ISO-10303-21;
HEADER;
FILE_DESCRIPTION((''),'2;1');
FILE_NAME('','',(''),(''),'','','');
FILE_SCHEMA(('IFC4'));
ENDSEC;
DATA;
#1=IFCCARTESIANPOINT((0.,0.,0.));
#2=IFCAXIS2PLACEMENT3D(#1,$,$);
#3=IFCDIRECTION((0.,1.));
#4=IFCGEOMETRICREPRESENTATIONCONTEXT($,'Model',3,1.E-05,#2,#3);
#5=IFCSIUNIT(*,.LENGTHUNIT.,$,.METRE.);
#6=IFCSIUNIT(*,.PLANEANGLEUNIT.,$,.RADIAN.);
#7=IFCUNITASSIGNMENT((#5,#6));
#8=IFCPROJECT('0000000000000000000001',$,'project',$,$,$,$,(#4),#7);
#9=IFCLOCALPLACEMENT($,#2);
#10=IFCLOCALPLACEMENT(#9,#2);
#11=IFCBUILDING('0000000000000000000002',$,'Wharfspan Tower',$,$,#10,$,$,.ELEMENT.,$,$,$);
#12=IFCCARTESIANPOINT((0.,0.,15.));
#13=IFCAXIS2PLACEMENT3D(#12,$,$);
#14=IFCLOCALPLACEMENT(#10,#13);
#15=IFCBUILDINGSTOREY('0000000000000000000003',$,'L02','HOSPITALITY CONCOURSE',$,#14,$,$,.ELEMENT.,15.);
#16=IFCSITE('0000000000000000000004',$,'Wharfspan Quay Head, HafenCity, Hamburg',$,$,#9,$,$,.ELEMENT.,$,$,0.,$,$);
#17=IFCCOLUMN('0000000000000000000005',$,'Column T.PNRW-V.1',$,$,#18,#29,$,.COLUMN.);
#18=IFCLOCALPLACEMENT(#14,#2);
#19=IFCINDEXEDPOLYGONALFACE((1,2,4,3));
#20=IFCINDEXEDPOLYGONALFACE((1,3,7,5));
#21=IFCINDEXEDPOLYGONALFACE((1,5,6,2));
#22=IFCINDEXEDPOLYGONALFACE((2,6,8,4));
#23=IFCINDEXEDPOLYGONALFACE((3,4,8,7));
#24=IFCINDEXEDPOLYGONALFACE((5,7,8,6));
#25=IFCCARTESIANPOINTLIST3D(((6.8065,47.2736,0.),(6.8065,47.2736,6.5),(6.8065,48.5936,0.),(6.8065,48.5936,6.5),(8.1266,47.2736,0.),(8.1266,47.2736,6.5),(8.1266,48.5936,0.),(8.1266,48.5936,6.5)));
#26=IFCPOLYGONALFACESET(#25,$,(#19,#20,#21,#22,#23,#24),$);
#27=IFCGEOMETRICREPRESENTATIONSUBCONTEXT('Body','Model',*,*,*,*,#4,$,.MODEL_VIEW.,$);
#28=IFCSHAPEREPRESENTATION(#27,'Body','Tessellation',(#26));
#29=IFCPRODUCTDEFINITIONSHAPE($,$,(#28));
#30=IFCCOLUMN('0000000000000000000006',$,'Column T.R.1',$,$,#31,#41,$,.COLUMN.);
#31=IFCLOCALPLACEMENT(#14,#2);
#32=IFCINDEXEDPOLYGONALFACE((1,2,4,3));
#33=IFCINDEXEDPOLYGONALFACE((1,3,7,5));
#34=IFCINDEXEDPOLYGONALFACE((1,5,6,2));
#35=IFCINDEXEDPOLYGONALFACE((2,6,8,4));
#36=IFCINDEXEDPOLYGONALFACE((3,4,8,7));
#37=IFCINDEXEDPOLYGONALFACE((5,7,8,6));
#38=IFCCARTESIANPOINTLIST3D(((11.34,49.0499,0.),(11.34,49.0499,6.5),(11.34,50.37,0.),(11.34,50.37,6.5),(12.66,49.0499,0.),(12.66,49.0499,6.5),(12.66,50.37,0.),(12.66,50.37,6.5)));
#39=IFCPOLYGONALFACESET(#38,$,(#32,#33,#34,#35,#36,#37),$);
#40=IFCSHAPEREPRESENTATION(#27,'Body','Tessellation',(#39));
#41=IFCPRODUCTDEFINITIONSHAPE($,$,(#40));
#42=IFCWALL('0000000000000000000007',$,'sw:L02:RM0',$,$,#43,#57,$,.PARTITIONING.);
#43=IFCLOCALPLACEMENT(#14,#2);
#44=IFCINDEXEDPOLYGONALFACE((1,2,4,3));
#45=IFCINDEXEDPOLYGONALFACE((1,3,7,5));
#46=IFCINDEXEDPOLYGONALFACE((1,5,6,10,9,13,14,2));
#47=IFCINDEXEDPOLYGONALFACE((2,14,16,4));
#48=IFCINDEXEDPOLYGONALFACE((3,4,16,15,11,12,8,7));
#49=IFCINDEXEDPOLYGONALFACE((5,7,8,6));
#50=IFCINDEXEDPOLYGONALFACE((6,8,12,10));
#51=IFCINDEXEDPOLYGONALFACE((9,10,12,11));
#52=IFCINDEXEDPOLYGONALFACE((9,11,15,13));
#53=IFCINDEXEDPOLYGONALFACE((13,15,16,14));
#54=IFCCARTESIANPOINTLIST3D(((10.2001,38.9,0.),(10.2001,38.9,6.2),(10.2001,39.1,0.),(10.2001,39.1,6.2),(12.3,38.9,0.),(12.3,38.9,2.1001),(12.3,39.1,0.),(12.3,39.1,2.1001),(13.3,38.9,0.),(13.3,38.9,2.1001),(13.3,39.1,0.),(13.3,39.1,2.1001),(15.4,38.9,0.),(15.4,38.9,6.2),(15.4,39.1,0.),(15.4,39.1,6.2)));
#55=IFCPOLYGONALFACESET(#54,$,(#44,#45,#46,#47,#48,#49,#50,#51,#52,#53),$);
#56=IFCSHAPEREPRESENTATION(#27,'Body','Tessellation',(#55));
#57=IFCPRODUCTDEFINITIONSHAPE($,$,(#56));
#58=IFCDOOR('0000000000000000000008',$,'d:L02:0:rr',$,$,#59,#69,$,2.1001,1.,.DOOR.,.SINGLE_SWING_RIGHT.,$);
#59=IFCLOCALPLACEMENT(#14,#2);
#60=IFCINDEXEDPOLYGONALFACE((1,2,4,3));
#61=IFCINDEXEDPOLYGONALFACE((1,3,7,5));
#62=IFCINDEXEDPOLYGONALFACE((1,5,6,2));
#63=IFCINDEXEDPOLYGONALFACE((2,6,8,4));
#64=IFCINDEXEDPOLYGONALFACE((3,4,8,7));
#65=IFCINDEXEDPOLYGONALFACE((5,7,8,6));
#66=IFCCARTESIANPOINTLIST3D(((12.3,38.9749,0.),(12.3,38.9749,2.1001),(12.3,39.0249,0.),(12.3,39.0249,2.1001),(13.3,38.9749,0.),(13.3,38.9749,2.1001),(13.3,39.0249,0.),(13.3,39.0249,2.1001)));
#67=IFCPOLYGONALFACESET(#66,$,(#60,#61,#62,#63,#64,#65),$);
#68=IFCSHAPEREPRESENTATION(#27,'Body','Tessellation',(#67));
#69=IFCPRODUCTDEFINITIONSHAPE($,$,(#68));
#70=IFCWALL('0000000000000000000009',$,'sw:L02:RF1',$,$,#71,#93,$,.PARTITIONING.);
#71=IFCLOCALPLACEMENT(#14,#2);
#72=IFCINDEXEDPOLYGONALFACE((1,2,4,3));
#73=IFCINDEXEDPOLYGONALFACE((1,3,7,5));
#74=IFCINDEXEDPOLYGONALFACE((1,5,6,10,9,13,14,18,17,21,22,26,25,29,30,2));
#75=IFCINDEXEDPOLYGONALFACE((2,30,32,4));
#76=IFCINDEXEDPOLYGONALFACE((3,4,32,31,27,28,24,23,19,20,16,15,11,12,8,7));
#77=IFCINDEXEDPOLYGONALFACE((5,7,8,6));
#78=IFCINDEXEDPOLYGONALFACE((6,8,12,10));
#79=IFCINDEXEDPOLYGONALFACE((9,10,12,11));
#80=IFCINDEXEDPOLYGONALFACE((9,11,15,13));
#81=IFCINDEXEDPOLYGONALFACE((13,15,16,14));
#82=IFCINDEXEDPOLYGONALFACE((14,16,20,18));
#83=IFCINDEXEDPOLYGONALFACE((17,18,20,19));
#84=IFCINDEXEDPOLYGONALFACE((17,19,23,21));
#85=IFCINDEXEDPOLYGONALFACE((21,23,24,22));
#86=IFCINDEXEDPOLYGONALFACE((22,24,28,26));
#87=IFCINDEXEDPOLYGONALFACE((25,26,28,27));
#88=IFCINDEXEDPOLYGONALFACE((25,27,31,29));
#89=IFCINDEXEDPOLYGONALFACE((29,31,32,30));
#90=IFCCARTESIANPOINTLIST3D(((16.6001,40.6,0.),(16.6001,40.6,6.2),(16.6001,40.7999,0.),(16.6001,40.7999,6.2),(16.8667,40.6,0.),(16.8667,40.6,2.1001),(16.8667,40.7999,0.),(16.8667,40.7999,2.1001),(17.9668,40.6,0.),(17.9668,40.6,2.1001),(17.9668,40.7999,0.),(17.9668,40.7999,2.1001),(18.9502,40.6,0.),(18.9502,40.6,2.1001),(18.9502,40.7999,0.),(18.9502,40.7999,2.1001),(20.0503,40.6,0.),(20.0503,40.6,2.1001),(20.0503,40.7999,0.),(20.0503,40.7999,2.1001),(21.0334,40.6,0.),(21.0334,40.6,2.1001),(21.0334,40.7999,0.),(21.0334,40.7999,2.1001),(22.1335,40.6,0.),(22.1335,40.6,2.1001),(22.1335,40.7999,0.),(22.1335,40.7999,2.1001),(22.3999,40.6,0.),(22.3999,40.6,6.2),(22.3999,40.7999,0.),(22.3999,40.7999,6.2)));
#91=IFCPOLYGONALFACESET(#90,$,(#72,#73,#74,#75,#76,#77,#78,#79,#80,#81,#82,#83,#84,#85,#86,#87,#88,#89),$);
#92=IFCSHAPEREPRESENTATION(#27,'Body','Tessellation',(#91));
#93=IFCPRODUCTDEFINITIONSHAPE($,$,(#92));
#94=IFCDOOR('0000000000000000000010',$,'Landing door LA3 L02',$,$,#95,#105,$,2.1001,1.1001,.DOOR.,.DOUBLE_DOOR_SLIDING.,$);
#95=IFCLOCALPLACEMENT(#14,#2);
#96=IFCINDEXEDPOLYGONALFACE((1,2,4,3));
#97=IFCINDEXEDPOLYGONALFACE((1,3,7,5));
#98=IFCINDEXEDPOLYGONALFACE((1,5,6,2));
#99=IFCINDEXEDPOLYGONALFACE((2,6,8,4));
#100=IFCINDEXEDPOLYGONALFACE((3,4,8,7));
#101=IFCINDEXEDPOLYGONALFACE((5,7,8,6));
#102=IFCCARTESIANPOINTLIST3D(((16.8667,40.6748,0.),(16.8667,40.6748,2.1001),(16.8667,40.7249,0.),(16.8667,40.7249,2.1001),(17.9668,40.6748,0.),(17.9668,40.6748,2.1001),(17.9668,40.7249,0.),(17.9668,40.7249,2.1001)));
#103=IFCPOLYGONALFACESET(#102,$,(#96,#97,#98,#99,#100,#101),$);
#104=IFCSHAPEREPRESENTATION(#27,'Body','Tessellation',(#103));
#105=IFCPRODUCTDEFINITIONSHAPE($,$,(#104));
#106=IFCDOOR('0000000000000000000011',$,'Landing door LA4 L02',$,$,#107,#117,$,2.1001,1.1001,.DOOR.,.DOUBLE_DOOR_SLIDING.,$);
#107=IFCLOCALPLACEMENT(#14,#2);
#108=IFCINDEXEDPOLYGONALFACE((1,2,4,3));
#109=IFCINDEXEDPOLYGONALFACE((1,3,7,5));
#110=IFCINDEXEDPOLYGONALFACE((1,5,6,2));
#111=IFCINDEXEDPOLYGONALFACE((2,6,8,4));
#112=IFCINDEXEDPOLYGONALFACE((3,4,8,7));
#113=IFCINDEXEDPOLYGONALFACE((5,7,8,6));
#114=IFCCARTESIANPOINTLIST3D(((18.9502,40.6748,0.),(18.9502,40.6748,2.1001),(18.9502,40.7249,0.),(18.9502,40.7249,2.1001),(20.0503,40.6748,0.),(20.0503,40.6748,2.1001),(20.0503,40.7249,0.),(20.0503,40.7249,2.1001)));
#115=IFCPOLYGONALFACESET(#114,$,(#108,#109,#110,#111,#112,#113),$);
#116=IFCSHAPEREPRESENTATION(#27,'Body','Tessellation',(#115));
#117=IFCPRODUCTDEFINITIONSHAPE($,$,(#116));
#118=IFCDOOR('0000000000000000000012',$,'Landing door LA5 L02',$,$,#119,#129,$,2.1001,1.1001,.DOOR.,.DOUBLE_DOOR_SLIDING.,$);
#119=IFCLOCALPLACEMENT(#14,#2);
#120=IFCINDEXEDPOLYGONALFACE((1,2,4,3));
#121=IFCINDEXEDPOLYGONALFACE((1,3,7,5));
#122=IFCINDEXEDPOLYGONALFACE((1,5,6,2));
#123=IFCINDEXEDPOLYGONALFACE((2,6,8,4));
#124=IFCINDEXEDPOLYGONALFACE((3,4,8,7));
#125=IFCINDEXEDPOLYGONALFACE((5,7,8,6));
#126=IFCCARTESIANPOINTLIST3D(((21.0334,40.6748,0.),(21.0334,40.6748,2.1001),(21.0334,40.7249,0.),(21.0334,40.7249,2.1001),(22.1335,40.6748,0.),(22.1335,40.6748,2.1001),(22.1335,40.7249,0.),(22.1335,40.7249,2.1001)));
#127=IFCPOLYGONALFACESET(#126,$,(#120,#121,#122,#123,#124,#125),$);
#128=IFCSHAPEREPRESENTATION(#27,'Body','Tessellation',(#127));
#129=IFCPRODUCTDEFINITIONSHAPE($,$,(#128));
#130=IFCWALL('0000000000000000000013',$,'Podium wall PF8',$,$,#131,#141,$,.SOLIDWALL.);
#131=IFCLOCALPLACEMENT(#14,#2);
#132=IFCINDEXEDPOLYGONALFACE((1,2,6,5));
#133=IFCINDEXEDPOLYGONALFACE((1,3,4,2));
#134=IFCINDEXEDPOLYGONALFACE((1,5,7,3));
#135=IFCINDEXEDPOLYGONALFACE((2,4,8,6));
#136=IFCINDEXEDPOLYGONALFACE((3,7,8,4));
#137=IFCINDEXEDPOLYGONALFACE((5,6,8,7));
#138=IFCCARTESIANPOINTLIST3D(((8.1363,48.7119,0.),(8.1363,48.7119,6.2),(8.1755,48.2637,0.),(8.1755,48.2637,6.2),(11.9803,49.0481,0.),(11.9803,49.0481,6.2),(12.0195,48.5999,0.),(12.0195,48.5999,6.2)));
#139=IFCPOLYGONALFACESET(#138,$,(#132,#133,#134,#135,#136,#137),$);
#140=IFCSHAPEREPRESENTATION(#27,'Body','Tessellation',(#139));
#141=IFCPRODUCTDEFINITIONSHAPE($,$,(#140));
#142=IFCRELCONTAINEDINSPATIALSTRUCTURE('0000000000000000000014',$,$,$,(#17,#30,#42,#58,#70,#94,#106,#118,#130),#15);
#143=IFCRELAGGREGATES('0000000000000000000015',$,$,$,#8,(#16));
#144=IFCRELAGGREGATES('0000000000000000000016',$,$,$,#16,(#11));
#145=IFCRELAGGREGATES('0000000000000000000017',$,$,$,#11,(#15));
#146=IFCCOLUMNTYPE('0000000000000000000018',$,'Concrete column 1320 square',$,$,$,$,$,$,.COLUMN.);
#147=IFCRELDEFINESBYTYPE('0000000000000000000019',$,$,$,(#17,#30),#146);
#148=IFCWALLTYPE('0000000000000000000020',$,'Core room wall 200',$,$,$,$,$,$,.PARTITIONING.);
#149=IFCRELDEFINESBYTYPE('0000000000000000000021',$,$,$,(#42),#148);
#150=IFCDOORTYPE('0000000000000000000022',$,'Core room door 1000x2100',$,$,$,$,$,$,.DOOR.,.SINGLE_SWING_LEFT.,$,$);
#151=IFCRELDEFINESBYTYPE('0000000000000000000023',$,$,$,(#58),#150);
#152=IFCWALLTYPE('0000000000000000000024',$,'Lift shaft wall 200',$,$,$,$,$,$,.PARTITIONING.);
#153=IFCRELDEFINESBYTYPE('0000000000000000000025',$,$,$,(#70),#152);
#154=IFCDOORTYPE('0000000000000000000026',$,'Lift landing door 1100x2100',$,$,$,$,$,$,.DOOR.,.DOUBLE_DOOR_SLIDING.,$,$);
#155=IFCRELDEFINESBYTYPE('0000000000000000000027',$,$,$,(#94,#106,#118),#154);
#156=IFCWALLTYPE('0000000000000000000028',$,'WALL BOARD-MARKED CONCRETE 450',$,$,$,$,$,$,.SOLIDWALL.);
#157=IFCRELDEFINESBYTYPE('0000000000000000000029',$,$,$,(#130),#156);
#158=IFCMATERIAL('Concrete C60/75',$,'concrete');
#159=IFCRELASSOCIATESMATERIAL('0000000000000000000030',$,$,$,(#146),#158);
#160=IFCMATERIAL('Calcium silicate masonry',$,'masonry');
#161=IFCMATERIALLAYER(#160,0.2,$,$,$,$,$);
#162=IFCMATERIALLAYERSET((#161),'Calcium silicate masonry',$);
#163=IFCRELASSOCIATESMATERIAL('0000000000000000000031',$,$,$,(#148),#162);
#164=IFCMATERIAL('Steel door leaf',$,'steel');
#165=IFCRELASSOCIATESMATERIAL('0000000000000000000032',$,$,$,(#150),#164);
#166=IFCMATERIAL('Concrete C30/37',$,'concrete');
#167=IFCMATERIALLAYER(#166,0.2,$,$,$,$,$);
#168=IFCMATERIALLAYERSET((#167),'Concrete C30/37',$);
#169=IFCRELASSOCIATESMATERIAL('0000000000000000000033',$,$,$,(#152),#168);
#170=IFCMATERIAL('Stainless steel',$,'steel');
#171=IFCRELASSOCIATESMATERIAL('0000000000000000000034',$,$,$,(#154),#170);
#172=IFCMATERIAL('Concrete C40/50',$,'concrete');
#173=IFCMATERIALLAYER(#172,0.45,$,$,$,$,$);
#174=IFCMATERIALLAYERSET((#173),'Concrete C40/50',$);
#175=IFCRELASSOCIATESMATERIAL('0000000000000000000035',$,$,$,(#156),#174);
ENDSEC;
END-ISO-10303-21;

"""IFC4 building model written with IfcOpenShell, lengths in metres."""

from ifc_helpers import new_model, si_unit, direction, frame, frame_2d, origin, origin_2d, place, context, subcontext, project, spatial, rectangle, extrude, material, layer, layer_set, material_profile, profile_set, type_object, element, fill, save


model = new_model("IFC4")

# Units and contexts
model_context = context("Model", 3, precision=1e-05, world=origin(), true_north=direction((0.0, 1.0)))
body_context = subcontext(model_context, "Body", "Model", "MODEL_VIEW")
ifc_project = project(units=[si_unit("LENGTHUNIT", "METRE"), si_unit("PLANEANGLEUNIT", "RADIAN")], contexts=[model_context])

# Site, building, storey
site_placement = place(None, origin())
site = spatial("IfcSite", under=ifc_project, at=site_placement, Name="Wharfspan Quay Head, HafenCity, Hamburg", CompositionType="ELEMENT", RefElevation=0.0)
building_placement = place(site_placement, origin())
building = spatial("IfcBuilding", under=site, at=building_placement, Name="Wharfspan Tower", CompositionType="ELEMENT")
storey_placement = place(building_placement, frame((0.0, 0.0, 15.0)))
storey = spatial("IfcBuildingStorey", under=building, at=storey_placement, Name="L02", Description="HOSPITALITY CONCOURSE", CompositionType="ELEMENT", Elevation=15.0)

# Columns
ifc_material_1 = material(Name="Concrete C60/75", Category="concrete")
ifc_material_profile = material_profile(ifc_material_1, rectangle(XDim=1.3201, YDim=1.3201, at=origin_2d()))
ifc_profile_set = profile_set([ifc_material_profile], Name="Concrete C60/75")
column_type = type_object("IfcColumnType", Name="Concrete column 1320 square", PredefinedType="COLUMN", material=ifc_profile_set)
for number, where, z_axis, x_axis, name in (
    (1, (7.4666, 47.9336, 0.0), (0.0, 0.0, 1.0), (1.0, 0.0, 0.0), "Column T.PNRW-V.1"),
    (2, (12.0, 49.71, 0.0), (0.0, 0.0, 1.0), (1.0, 0.0, 0.0), "Column T.R.1"),
):
    element("IfcColumn", number, at=place(storey_placement, frame(where, z_axis=z_axis, x_axis=x_axis)), inside=storey, type_object=column_type, Name=name, PredefinedType="COLUMN", context=body_context, shape_type="SweptSolid", body=[
        extrude(rectangle(XDim=1.3201, YDim=1.3201, at=origin_2d()), origin(), (0.0, 0.0, 1.0), 6.5),
    ])

# Wall, opening, door
ifc_material_2 = material(Name="Calcium silicate masonry", Category="masonry")
ifc_layer_1 = layer(ifc_material_2, 0.2)
ifc_layer_set_1 = layer_set([ifc_layer_1], Name="Calcium silicate masonry")
wall_type_1 = type_object("IfcWallType", Name="Core room wall 200", PredefinedType="PARTITIONING", material=ifc_layer_set_1)
wall_1_placement = place(storey_placement, frame((10.2, 39.0, 0.0), z_axis=(0.0, 0.0, 1.0), x_axis=(1.0, 0.0, 0.0)))
wall_1 = element("IfcWall", 3, at=wall_1_placement, inside=storey, type_object=wall_type_1, Name="sw:L02:RM0", PredefinedType="PARTITIONING", context=body_context, shape_type="SweptSolid", body=[
    extrude(rectangle(XDim=5.2, YDim=0.2, at=frame_2d((2.6001, 0.0))), origin(), (0.0, 0.0, 1.0), 6.2),
])
opening_1_placement = place(wall_1_placement, frame((2.1001, 0.0, 0.0)))
opening_1 = element("IfcOpeningElement", 4, at=opening_1_placement, cuts=wall_1, PredefinedType="OPENING", context=body_context, shape_type="SweptSolid", body=[
    extrude(rectangle(XDim=1.0, YDim=2.1001, at=frame_2d((0.5, 1.05))), frame((0.0, 0.1099, 0.0), z_axis=(0.0, -1.0, 0.0), x_axis=(1.0, 0.0, 0.0)), (0.0, 0.0, 1.0), 0.22),
])
ifc_material_3 = material(Name="Steel door leaf", Category="steel")
door_type_1 = type_object("IfcDoorType", Name="Core room door 1000x2100", OperationType="SINGLE_SWING_LEFT", PredefinedType="DOOR", material=ifc_material_3)
door_1_placement = place(opening_1_placement, origin())
door_1 = element("IfcDoor", 5, at=door_1_placement, inside=storey, type_object=door_type_1, Name="d:L02:0:rr", OperationType="SINGLE_SWING_RIGHT", OverallHeight=2.1001, OverallWidth=1.0, PredefinedType="DOOR", context=body_context, shape_type="SweptSolid", body=[
    extrude(rectangle(XDim=1.0, YDim=2.1001, at=frame_2d((0.5, 1.05))), frame((0.0, 0.0249, 0.0), z_axis=(0.0, -1.0, 0.0), x_axis=(1.0, 0.0, 0.0)), (0.0, 0.0, 1.0), 0.05),
])
fill(opening_1, door_1)

# Wall, openings, doors
ifc_material_4 = material(Name="Concrete C30/37", Category="concrete")
ifc_layer_2 = layer(ifc_material_4, 0.2)
ifc_layer_set_2 = layer_set([ifc_layer_2], Name="Concrete C30/37")
wall_type_2 = type_object("IfcWallType", Name="Lift shaft wall 200", PredefinedType="PARTITIONING", material=ifc_layer_set_2)
wall_2_placement = place(storey_placement, frame((16.6001, 40.7, 0.0), z_axis=(0.0, 0.0, 1.0), x_axis=(1.0, 0.0, 0.0)))
wall_2 = element("IfcWall", 6, at=wall_2_placement, inside=storey, type_object=wall_type_2, Name="sw:L02:RF1", PredefinedType="PARTITIONING", context=body_context, shape_type="SweptSolid", body=[
    extrude(rectangle(XDim=5.7998, YDim=0.2, at=frame_2d((2.8999, 0.0))), origin(), (0.0, 0.0, 1.0), 6.2),
])
opening_2_placement = place(wall_2_placement, frame((0.2666, 0.0, 0.0)))
opening_2 = element("IfcOpeningElement", 7, at=opening_2_placement, cuts=wall_2, PredefinedType="OPENING", context=body_context, shape_type="SweptSolid", body=[
    extrude(rectangle(XDim=1.1001, YDim=2.1001, at=frame_2d((0.55, 1.05))), frame((0.0, 0.1099, 0.0), z_axis=(0.0, -1.0, 0.0), x_axis=(1.0, 0.0, 0.0)), (0.0, 0.0, 1.0), 0.22),
])
opening_3_placement = place(wall_2_placement, frame((2.3501, 0.0, 0.0)))
opening_3 = element("IfcOpeningElement", 8, at=opening_3_placement, cuts=wall_2, PredefinedType="OPENING", context=body_context, shape_type="SweptSolid", body=[
    extrude(rectangle(XDim=1.1001, YDim=2.1001, at=frame_2d((0.55, 1.05))), frame((0.0, 0.1099, 0.0), z_axis=(0.0, -1.0, 0.0), x_axis=(1.0, 0.0, 0.0)), (0.0, 0.0, 1.0), 0.22),
])
opening_4_placement = place(wall_2_placement, frame((4.4333, 0.0, 0.0)))
opening_4 = element("IfcOpeningElement", 9, at=opening_4_placement, cuts=wall_2, PredefinedType="OPENING", context=body_context, shape_type="SweptSolid", body=[
    extrude(rectangle(XDim=1.1001, YDim=2.1001, at=frame_2d((0.55, 1.05))), frame((0.0, 0.1099, 0.0), z_axis=(0.0, -1.0, 0.0), x_axis=(1.0, 0.0, 0.0)), (0.0, 0.0, 1.0), 0.22),
])
ifc_material_5 = material(Name="Stainless steel", Category="steel")
door_type_2 = type_object("IfcDoorType", Name="Lift landing door 1100x2100", OperationType="DOUBLE_DOOR_SLIDING", PredefinedType="DOOR", material=ifc_material_5)
door_2_placement = place(opening_2_placement, origin())
door_2 = element("IfcDoor", 10, at=door_2_placement, inside=storey, type_object=door_type_2, Name="Landing door LA3 L02", OperationType="DOUBLE_DOOR_SLIDING", OverallHeight=2.1001, OverallWidth=1.1001, PredefinedType="DOOR", context=body_context, shape_type="SweptSolid", body=[
    extrude(rectangle(XDim=1.1001, YDim=2.1001, at=frame_2d((0.55, 1.05))), frame((0.0, 0.0249, 0.0), z_axis=(0.0, -1.0, 0.0), x_axis=(1.0, 0.0, 0.0)), (0.0, 0.0, 1.0), 0.05),
])
fill(opening_2, door_2)
door_3_placement = place(opening_3_placement, origin())
door_3 = element("IfcDoor", 11, at=door_3_placement, inside=storey, type_object=door_type_2, Name="Landing door LA4 L02", OperationType="DOUBLE_DOOR_SLIDING", OverallHeight=2.1001, OverallWidth=1.1001, PredefinedType="DOOR", context=body_context, shape_type="SweptSolid", body=[
    extrude(rectangle(XDim=1.1001, YDim=2.1001, at=frame_2d((0.55, 1.05))), frame((0.0, 0.0249, 0.0), z_axis=(0.0, -1.0, 0.0), x_axis=(1.0, 0.0, 0.0)), (0.0, 0.0, 1.0), 0.05),
])
fill(opening_3, door_3)
door_4_placement = place(opening_4_placement, origin())
door_4 = element("IfcDoor", 12, at=door_4_placement, inside=storey, type_object=door_type_2, Name="Landing door LA5 L02", OperationType="DOUBLE_DOOR_SLIDING", OverallHeight=2.1001, OverallWidth=1.1001, PredefinedType="DOOR", context=body_context, shape_type="SweptSolid", body=[
    extrude(rectangle(XDim=1.1001, YDim=2.1001, at=frame_2d((0.55, 1.05))), frame((0.0, 0.0249, 0.0), z_axis=(0.0, -1.0, 0.0), x_axis=(1.0, 0.0, 0.0)), (0.0, 0.0, 1.0), 0.05),
])
fill(opening_4, door_4)

# Wall
ifc_material_6 = material(Name="Concrete C40/50", Category="concrete")
ifc_layer_3 = layer(ifc_material_6, 0.45)
ifc_layer_set_3 = layer_set([ifc_layer_3], Name="Concrete C40/50")
wall_type_3 = type_object("IfcWallType", Name="WALL BOARD-MARKED CONCRETE 450", PredefinedType="SOLIDWALL", material=ifc_layer_set_3)
wall_3_placement = place(storey_placement, frame((11.9998, 48.824, 0.0), z_axis=(0.0, 0.0, 1.0), x_axis=(-0.9962, -0.087124, 0.0)))
element("IfcWall", 13, at=wall_3_placement, inside=storey, type_object=wall_type_3, Name="Podium wall PF8", PredefinedType="SOLIDWALL", context=body_context, shape_type="SweptSolid", body=[
    extrude(rectangle(XDim=3.8586, YDim=0.45, at=frame_2d((1.9292, 0.0))), origin(), (0.0, 0.0, 1.0), 6.2),
])

save(model, "model.ifc")
